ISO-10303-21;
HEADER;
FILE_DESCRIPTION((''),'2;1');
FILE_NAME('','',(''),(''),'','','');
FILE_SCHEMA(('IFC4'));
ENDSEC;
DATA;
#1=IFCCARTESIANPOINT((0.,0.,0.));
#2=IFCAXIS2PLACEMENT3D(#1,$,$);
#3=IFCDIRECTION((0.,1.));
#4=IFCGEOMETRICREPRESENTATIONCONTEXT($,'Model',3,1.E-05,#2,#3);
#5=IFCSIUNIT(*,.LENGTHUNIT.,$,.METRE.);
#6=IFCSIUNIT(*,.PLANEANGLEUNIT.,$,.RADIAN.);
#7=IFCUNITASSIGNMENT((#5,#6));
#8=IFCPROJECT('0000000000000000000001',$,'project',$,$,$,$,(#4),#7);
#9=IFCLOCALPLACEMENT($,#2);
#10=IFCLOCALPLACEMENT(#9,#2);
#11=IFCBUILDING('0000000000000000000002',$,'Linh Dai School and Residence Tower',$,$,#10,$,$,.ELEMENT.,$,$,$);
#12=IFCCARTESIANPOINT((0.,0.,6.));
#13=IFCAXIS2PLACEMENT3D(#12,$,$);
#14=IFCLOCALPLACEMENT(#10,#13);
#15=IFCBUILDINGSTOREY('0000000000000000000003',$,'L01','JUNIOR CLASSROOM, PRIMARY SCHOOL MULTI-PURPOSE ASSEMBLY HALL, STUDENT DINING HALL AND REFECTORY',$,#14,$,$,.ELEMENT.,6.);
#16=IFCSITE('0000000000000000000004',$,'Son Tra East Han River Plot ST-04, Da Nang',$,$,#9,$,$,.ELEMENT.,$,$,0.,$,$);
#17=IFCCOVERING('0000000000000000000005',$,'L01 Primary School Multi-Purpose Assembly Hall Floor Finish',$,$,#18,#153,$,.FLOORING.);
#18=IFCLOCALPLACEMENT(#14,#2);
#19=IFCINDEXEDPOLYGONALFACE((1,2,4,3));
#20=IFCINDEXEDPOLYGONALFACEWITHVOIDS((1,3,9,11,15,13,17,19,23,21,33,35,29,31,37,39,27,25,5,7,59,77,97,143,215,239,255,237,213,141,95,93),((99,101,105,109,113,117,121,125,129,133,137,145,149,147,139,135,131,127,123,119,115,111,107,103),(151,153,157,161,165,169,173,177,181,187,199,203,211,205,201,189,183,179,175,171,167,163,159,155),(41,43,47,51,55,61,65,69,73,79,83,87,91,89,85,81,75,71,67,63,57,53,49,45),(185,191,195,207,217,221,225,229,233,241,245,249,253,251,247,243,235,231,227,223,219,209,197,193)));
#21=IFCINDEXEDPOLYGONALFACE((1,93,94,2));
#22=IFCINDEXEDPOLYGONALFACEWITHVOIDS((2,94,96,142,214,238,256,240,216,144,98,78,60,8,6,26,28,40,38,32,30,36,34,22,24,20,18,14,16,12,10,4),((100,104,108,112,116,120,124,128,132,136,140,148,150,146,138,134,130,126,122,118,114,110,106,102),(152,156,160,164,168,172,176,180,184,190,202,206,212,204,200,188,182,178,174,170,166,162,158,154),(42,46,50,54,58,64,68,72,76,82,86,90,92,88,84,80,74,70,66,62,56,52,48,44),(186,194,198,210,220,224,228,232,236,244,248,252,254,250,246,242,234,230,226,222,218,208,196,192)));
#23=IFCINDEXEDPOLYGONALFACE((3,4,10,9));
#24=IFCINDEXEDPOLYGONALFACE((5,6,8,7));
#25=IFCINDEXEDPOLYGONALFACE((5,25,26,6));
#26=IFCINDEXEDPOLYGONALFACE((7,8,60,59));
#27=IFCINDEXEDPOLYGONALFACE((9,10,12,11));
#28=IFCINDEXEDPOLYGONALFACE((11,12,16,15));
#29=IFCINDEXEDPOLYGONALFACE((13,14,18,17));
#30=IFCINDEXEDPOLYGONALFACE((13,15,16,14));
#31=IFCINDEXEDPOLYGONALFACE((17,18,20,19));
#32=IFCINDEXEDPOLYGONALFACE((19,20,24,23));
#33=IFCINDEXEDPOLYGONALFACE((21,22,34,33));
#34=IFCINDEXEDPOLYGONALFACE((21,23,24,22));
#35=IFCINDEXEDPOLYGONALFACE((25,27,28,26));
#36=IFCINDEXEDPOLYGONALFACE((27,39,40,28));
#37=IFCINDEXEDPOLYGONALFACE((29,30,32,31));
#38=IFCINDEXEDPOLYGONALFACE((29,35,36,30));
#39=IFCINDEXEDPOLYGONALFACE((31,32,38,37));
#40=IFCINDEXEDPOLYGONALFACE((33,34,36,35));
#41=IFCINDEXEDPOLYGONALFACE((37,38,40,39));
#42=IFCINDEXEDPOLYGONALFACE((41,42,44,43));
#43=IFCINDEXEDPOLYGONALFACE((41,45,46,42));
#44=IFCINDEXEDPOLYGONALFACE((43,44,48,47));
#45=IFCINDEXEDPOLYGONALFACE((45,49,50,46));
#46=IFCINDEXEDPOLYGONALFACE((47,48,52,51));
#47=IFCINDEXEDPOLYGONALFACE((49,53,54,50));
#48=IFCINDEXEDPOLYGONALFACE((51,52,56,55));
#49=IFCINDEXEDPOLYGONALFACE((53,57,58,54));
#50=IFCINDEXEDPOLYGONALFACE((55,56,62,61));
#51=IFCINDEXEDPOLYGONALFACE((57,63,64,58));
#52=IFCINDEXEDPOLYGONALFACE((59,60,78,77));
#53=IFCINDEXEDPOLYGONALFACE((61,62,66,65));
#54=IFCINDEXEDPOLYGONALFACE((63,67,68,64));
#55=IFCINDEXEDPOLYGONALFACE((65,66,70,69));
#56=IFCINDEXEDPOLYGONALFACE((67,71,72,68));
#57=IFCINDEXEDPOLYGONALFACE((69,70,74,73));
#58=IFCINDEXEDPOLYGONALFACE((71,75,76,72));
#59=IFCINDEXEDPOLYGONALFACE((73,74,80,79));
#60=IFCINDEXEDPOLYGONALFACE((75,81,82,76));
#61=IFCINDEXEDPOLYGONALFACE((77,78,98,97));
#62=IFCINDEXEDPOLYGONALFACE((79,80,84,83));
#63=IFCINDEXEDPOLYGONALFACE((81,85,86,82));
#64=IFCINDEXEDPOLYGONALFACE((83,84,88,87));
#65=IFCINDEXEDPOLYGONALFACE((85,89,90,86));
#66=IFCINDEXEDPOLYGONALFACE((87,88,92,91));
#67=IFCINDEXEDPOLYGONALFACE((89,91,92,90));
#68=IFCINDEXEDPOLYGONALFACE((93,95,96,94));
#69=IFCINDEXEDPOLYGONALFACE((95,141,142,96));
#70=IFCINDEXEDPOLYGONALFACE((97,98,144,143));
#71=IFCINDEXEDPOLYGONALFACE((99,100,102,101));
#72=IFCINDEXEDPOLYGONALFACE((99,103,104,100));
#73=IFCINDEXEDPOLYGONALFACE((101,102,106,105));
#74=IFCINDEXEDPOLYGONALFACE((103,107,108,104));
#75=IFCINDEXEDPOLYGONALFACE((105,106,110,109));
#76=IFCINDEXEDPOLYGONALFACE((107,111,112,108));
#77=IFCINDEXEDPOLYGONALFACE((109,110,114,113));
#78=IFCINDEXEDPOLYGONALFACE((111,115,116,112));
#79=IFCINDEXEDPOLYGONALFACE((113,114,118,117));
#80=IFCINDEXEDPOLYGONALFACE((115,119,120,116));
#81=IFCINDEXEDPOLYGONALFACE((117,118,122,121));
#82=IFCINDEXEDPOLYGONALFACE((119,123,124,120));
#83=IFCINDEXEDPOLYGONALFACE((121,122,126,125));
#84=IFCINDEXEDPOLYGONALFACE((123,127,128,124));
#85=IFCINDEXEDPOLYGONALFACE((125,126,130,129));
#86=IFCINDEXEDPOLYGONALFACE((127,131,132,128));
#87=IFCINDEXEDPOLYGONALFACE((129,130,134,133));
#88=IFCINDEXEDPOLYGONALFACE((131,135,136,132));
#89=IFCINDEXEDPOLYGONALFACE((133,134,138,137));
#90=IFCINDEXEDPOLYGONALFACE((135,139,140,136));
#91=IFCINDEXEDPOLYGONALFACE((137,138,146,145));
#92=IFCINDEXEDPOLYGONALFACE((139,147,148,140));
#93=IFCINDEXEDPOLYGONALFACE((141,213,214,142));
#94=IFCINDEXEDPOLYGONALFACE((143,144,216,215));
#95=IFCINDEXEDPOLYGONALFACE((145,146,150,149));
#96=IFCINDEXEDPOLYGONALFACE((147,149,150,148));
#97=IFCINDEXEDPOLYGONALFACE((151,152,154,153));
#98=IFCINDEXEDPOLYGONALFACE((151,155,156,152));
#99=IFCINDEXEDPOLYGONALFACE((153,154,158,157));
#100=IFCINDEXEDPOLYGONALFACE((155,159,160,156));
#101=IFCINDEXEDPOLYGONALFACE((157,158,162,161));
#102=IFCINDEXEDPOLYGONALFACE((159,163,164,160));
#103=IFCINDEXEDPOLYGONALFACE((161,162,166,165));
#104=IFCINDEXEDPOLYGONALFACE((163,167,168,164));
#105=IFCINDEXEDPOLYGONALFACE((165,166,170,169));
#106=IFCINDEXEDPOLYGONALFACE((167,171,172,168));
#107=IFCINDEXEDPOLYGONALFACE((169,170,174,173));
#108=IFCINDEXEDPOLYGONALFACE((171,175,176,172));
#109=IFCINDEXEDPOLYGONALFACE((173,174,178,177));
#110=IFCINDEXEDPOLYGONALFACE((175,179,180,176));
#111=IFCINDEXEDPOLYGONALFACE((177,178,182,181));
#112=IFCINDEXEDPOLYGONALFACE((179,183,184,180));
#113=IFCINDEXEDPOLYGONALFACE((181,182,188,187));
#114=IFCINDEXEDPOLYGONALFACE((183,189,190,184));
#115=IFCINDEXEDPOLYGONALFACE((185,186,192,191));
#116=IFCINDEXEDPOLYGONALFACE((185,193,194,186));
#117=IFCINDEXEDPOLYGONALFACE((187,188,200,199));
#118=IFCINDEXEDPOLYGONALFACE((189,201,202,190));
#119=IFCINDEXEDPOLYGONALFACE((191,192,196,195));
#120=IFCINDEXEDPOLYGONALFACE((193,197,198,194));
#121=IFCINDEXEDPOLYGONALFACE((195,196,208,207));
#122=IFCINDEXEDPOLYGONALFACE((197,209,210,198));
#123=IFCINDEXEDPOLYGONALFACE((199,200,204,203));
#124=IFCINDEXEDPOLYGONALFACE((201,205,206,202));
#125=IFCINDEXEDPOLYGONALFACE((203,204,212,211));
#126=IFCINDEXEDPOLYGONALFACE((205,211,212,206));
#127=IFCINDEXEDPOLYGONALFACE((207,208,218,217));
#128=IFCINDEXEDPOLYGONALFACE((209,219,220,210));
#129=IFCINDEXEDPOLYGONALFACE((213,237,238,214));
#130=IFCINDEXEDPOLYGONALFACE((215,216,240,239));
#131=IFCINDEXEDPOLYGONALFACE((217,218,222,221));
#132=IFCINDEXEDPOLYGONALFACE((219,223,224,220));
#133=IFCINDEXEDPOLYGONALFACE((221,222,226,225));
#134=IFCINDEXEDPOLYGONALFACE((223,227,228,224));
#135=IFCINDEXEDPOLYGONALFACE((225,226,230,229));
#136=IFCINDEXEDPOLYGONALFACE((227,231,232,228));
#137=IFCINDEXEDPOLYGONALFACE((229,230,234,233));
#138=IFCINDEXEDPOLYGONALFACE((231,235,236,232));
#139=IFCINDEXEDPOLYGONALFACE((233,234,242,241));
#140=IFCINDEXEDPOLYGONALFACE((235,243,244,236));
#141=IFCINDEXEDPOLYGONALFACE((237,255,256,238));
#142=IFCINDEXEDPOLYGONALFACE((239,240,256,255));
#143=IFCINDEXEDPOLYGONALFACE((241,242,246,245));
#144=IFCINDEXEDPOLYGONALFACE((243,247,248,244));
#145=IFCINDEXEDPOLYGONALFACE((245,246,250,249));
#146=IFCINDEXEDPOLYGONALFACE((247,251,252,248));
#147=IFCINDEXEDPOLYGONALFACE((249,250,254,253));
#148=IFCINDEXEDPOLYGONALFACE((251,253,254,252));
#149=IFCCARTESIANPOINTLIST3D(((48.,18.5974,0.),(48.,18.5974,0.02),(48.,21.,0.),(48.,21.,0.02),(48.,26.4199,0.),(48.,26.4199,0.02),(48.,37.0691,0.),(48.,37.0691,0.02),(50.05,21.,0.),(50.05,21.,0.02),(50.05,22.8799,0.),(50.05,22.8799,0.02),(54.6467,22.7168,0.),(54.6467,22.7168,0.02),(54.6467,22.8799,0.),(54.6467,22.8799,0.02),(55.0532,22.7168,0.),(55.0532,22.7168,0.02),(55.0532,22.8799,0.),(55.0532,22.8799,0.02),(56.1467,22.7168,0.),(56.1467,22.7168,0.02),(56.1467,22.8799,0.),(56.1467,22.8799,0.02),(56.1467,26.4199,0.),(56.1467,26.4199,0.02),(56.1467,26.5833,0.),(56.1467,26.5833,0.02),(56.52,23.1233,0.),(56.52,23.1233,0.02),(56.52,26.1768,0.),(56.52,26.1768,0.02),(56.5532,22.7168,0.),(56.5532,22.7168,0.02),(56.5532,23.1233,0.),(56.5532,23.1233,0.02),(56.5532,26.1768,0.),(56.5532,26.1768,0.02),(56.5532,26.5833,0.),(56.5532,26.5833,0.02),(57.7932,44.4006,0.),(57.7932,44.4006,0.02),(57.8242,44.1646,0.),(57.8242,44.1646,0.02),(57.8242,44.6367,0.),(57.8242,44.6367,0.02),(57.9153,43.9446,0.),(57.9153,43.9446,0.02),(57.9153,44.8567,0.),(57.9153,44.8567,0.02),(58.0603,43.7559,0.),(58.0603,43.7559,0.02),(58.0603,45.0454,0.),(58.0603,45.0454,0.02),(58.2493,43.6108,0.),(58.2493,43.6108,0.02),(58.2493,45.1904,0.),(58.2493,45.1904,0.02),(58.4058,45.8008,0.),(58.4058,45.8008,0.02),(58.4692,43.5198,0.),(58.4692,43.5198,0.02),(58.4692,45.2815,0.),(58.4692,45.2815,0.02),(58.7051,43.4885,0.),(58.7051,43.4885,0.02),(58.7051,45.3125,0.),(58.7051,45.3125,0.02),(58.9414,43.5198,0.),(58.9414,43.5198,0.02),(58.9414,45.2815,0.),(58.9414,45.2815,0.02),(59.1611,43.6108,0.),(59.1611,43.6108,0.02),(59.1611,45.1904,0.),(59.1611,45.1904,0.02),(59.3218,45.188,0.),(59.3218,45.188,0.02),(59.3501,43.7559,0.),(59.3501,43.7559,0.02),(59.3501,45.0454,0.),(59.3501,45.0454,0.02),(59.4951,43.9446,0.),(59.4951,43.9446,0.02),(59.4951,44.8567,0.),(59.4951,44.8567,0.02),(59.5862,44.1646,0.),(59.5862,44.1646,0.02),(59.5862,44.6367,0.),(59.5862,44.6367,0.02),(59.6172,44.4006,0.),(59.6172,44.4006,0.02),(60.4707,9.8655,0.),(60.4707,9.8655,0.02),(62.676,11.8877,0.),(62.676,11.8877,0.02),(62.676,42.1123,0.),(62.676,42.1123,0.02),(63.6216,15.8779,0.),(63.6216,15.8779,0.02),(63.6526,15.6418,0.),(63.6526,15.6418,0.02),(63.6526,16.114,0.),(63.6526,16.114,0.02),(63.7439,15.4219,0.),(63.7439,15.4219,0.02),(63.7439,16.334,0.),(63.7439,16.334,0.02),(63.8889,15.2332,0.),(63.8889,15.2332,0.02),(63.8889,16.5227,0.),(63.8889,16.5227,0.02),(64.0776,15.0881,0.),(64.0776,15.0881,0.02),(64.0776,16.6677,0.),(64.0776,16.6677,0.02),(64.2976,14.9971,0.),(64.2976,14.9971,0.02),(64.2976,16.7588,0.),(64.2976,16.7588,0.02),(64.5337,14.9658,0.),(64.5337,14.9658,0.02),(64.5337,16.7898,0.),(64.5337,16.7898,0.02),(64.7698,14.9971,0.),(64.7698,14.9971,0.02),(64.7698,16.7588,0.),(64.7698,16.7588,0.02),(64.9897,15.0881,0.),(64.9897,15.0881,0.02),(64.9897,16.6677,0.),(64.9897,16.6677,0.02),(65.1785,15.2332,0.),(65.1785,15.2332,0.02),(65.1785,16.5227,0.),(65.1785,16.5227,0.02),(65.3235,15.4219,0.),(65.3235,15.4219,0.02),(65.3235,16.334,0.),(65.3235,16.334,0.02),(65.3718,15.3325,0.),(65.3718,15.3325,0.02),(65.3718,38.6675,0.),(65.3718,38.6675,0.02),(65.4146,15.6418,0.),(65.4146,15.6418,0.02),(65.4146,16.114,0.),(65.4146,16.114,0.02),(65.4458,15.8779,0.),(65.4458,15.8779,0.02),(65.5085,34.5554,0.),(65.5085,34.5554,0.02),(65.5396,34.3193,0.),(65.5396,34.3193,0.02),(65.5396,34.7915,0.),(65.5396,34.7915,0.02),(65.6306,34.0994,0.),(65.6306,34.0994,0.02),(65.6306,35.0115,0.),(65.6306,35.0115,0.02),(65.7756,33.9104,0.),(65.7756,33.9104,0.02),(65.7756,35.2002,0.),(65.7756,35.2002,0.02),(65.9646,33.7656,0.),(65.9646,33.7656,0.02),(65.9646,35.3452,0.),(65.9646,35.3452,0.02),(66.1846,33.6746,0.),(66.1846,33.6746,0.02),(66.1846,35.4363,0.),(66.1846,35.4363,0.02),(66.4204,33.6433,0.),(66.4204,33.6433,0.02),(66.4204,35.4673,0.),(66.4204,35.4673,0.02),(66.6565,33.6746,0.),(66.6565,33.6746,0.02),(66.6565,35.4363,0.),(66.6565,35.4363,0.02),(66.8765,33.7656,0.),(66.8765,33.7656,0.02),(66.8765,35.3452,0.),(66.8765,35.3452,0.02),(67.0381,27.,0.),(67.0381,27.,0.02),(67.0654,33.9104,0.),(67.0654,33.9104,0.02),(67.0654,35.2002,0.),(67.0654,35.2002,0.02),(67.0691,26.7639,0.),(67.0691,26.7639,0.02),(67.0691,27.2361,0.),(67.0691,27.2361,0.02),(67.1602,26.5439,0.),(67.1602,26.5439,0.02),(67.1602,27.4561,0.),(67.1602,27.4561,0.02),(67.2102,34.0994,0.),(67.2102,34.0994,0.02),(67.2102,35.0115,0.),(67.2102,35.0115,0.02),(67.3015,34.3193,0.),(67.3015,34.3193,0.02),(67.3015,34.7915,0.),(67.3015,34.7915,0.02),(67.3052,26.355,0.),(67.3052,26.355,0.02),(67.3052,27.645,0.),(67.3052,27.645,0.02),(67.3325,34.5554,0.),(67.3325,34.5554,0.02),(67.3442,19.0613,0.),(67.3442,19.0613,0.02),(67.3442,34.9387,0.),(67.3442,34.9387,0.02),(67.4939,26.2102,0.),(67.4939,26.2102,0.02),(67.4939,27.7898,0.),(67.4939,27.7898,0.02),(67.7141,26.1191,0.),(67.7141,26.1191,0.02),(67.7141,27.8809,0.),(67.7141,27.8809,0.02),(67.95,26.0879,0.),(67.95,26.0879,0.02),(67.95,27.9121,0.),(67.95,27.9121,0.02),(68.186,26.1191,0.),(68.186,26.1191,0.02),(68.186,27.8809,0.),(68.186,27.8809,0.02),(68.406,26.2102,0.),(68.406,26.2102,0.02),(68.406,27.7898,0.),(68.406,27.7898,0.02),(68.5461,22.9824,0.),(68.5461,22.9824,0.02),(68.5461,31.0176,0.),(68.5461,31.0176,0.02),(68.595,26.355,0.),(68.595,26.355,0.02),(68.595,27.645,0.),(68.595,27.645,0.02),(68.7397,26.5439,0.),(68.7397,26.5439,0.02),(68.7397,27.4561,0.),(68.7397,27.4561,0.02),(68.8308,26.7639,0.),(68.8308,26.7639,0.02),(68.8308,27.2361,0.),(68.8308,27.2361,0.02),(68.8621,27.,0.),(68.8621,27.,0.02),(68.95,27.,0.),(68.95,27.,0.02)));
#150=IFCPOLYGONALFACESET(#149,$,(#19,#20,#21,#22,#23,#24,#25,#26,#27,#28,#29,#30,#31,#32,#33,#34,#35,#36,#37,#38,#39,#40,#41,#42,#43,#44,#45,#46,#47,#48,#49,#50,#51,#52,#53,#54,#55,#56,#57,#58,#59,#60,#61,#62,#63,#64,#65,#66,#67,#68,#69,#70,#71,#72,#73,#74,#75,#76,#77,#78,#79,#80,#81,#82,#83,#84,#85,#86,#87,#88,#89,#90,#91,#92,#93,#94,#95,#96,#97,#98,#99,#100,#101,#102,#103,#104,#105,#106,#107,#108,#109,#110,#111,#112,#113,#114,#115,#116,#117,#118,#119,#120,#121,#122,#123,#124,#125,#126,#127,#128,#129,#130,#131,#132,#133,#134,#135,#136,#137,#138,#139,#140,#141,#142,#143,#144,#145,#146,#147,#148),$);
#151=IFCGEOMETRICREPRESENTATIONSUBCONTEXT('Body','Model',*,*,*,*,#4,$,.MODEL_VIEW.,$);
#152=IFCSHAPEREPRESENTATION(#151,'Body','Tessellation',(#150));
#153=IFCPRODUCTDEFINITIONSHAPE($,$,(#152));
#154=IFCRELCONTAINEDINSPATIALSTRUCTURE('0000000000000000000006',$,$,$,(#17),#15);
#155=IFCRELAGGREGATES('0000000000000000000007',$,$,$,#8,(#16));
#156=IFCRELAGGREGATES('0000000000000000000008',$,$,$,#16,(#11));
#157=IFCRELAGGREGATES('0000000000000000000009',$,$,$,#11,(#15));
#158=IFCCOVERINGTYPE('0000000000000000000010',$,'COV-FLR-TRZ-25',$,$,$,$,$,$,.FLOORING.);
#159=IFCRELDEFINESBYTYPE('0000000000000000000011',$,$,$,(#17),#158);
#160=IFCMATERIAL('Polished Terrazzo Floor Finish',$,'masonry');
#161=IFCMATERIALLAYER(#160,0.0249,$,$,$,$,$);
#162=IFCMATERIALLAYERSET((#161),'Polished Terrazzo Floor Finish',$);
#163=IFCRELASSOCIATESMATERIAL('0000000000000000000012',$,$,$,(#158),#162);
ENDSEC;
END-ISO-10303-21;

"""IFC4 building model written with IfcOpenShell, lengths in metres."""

from ifc_helpers import new_model, si_unit, direction, frame, origin, place, context, subcontext, project, spatial, polyline, outline, extrude, material, layer, layer_set, type_object, element, save


model = new_model("IFC4")

# Units and contexts
model_context = context("Model", 3, precision=1e-05, world=origin(), true_north=direction((0.0, 1.0)))
body_context = subcontext(model_context, "Body", "Model", "MODEL_VIEW")
ifc_project = project(units=[si_unit("LENGTHUNIT", "METRE"), si_unit("PLANEANGLEUNIT", "RADIAN")], contexts=[model_context])

# Site, building, storey
site_placement = place(None, origin())
site = spatial("IfcSite", under=ifc_project, at=site_placement, Name="Son Tra East Han River Plot ST-04, Da Nang", CompositionType="ELEMENT", RefElevation=0.0)
building_placement = place(site_placement, origin())
building = spatial("IfcBuilding", under=site, at=building_placement, Name="Linh Dai School and Residence Tower", CompositionType="ELEMENT")
storey_placement = place(building_placement, frame((0.0, 0.0, 6.0)))
storey = spatial("IfcBuildingStorey", under=building, at=storey_placement, Name="L01", Description="JUNIOR CLASSROOM, PRIMARY SCHOOL MULTI-PURPOSE ASSEMBLY HALL, STUDENT DINING HALL AND REFECTORY", CompositionType="ELEMENT", Elevation=6.0)

# Covering
ifc_material_1 = material(Name="Polished Terrazzo Floor Finish", Category="masonry")
ifc_layer_1 = layer(ifc_material_1, 0.0249)
ifc_layer_set_1 = layer_set([ifc_layer_1], Name="Polished Terrazzo Floor Finish")
covering_type_1 = type_object("IfcCoveringType", Name="COV-FLR-TRZ-25", PredefinedType="FLOORING", material=ifc_layer_set_1)
covering_1_placement = place(storey_placement, origin())
element("IfcCovering", 1, at=covering_1_placement, inside=storey, type_object=covering_type_1, Name="L01 Primary School Multi-Purpose Assembly Hall Floor Finish", PredefinedType="FLOORING", context=body_context, shape_type="SweptSolid", body=[
    extrude(outline(polyline([(62.676, 11.8877), (60.4707, 9.8655), (48.0, 18.5974), (48.0, 21.0), (50.05, 21.0), (50.05, 22.8799), (54.6467, 22.8799), (54.6467, 22.7168), (55.0532, 22.7168), (55.0532, 22.8799), (56.1467, 22.8799), (56.1467, 22.7168), (56.5532, 22.7168), (56.5532, 23.1233), (56.52, 23.1233), (56.52, 26.1768), (56.5532, 26.1768), (56.5532, 26.5833), (56.1467, 26.5833), (56.1467, 26.4199), (48.0, 26.4199), (48.0, 37.0691), (58.4058, 45.8008), (59.3218, 45.188), (62.676, 42.1123), (65.3718, 38.6675), (67.3442, 34.9387), (68.5461, 31.0176), (68.95, 27.0), (68.5461, 22.9824), (67.3442, 19.0613), (65.3718, 15.3325), (62.676, 11.8877)]), holes=[polyline([(68.7397, 26.5439), (68.8308, 26.7639), (68.8621, 27.0), (68.8308, 27.2361), (68.7397, 27.4561), (68.595, 27.645), (68.406, 27.7898), (68.186, 27.8809), (67.95, 27.9121), (67.7141, 27.8809), (67.4939, 27.7898), (67.3052, 27.645), (67.1602, 27.4561), (67.0691, 27.2361), (67.0381, 27.0), (67.0691, 26.7639), (67.1602, 26.5439), (67.3052, 26.355), (67.4939, 26.2102), (67.7141, 26.1191), (67.95, 26.0879), (68.186, 26.1191), (68.406, 26.2102), (68.595, 26.355), (68.7397, 26.5439)]), polyline([(67.2102, 34.0994), (67.3015, 34.3193), (67.3325, 34.5554), (67.3015, 34.7915), (67.2102, 35.0115), (67.0654, 35.2002), (66.8765, 35.3452), (66.6565, 35.4363), (66.4204, 35.4673), (66.1846, 35.4363), (65.9646, 35.3452), (65.7756, 35.2002), (65.6306, 35.0115), (65.5396, 34.7915), (65.5085, 34.5554), (65.5396, 34.3193), (65.6306, 34.0994), (65.7756, 33.9104), (65.9646, 33.7656), (66.1846, 33.6746), (66.4204, 33.6433), (66.6565, 33.6746), (66.8765, 33.7656), (67.0654, 33.9104), (67.2102, 34.0994)]), polyline([(65.3235, 15.4219), (65.4146, 15.6418), (65.4458, 15.8779), (65.4146, 16.114), (65.3235, 16.334), (65.1785, 16.5227), (64.9897, 16.6677), (64.7698, 16.7588), (64.5337, 16.7898), (64.2976, 16.7588), (64.0776, 16.6677), (63.8889, 16.5227), (63.7439, 16.334), (63.6526, 16.114), (63.6216, 15.8779), (63.6526, 15.6418), (63.7439, 15.4219), (63.8889, 15.2332), (64.0776, 15.0881), (64.2976, 14.9971), (64.5337, 14.9658), (64.7698, 14.9971), (64.9897, 15.0881), (65.1785, 15.2332), (65.3235, 15.4219)]), polyline([(59.4951, 43.9446), (59.5862, 44.1646), (59.6172, 44.4006), (59.5862, 44.6367), (59.4951, 44.8567), (59.3501, 45.0454), (59.1611, 45.1904), (58.9414, 45.2815), (58.7051, 45.3125), (58.4692, 45.2815), (58.2493, 45.1904), (58.0603, 45.0454), (57.9153, 44.8567), (57.8242, 44.6367), (57.7932, 44.4006), (57.8242, 44.1646), (57.9153, 43.9446), (58.0603, 43.7559), (58.2493, 43.6108), (58.4692, 43.5198), (58.7051, 43.4885), (58.9414, 43.5198), (59.1611, 43.6108), (59.3501, 43.7559), (59.4951, 43.9446)])]), origin(), (0.0, 0.0, 1.0), 0.02),
])

save(model, "model.ifc")
